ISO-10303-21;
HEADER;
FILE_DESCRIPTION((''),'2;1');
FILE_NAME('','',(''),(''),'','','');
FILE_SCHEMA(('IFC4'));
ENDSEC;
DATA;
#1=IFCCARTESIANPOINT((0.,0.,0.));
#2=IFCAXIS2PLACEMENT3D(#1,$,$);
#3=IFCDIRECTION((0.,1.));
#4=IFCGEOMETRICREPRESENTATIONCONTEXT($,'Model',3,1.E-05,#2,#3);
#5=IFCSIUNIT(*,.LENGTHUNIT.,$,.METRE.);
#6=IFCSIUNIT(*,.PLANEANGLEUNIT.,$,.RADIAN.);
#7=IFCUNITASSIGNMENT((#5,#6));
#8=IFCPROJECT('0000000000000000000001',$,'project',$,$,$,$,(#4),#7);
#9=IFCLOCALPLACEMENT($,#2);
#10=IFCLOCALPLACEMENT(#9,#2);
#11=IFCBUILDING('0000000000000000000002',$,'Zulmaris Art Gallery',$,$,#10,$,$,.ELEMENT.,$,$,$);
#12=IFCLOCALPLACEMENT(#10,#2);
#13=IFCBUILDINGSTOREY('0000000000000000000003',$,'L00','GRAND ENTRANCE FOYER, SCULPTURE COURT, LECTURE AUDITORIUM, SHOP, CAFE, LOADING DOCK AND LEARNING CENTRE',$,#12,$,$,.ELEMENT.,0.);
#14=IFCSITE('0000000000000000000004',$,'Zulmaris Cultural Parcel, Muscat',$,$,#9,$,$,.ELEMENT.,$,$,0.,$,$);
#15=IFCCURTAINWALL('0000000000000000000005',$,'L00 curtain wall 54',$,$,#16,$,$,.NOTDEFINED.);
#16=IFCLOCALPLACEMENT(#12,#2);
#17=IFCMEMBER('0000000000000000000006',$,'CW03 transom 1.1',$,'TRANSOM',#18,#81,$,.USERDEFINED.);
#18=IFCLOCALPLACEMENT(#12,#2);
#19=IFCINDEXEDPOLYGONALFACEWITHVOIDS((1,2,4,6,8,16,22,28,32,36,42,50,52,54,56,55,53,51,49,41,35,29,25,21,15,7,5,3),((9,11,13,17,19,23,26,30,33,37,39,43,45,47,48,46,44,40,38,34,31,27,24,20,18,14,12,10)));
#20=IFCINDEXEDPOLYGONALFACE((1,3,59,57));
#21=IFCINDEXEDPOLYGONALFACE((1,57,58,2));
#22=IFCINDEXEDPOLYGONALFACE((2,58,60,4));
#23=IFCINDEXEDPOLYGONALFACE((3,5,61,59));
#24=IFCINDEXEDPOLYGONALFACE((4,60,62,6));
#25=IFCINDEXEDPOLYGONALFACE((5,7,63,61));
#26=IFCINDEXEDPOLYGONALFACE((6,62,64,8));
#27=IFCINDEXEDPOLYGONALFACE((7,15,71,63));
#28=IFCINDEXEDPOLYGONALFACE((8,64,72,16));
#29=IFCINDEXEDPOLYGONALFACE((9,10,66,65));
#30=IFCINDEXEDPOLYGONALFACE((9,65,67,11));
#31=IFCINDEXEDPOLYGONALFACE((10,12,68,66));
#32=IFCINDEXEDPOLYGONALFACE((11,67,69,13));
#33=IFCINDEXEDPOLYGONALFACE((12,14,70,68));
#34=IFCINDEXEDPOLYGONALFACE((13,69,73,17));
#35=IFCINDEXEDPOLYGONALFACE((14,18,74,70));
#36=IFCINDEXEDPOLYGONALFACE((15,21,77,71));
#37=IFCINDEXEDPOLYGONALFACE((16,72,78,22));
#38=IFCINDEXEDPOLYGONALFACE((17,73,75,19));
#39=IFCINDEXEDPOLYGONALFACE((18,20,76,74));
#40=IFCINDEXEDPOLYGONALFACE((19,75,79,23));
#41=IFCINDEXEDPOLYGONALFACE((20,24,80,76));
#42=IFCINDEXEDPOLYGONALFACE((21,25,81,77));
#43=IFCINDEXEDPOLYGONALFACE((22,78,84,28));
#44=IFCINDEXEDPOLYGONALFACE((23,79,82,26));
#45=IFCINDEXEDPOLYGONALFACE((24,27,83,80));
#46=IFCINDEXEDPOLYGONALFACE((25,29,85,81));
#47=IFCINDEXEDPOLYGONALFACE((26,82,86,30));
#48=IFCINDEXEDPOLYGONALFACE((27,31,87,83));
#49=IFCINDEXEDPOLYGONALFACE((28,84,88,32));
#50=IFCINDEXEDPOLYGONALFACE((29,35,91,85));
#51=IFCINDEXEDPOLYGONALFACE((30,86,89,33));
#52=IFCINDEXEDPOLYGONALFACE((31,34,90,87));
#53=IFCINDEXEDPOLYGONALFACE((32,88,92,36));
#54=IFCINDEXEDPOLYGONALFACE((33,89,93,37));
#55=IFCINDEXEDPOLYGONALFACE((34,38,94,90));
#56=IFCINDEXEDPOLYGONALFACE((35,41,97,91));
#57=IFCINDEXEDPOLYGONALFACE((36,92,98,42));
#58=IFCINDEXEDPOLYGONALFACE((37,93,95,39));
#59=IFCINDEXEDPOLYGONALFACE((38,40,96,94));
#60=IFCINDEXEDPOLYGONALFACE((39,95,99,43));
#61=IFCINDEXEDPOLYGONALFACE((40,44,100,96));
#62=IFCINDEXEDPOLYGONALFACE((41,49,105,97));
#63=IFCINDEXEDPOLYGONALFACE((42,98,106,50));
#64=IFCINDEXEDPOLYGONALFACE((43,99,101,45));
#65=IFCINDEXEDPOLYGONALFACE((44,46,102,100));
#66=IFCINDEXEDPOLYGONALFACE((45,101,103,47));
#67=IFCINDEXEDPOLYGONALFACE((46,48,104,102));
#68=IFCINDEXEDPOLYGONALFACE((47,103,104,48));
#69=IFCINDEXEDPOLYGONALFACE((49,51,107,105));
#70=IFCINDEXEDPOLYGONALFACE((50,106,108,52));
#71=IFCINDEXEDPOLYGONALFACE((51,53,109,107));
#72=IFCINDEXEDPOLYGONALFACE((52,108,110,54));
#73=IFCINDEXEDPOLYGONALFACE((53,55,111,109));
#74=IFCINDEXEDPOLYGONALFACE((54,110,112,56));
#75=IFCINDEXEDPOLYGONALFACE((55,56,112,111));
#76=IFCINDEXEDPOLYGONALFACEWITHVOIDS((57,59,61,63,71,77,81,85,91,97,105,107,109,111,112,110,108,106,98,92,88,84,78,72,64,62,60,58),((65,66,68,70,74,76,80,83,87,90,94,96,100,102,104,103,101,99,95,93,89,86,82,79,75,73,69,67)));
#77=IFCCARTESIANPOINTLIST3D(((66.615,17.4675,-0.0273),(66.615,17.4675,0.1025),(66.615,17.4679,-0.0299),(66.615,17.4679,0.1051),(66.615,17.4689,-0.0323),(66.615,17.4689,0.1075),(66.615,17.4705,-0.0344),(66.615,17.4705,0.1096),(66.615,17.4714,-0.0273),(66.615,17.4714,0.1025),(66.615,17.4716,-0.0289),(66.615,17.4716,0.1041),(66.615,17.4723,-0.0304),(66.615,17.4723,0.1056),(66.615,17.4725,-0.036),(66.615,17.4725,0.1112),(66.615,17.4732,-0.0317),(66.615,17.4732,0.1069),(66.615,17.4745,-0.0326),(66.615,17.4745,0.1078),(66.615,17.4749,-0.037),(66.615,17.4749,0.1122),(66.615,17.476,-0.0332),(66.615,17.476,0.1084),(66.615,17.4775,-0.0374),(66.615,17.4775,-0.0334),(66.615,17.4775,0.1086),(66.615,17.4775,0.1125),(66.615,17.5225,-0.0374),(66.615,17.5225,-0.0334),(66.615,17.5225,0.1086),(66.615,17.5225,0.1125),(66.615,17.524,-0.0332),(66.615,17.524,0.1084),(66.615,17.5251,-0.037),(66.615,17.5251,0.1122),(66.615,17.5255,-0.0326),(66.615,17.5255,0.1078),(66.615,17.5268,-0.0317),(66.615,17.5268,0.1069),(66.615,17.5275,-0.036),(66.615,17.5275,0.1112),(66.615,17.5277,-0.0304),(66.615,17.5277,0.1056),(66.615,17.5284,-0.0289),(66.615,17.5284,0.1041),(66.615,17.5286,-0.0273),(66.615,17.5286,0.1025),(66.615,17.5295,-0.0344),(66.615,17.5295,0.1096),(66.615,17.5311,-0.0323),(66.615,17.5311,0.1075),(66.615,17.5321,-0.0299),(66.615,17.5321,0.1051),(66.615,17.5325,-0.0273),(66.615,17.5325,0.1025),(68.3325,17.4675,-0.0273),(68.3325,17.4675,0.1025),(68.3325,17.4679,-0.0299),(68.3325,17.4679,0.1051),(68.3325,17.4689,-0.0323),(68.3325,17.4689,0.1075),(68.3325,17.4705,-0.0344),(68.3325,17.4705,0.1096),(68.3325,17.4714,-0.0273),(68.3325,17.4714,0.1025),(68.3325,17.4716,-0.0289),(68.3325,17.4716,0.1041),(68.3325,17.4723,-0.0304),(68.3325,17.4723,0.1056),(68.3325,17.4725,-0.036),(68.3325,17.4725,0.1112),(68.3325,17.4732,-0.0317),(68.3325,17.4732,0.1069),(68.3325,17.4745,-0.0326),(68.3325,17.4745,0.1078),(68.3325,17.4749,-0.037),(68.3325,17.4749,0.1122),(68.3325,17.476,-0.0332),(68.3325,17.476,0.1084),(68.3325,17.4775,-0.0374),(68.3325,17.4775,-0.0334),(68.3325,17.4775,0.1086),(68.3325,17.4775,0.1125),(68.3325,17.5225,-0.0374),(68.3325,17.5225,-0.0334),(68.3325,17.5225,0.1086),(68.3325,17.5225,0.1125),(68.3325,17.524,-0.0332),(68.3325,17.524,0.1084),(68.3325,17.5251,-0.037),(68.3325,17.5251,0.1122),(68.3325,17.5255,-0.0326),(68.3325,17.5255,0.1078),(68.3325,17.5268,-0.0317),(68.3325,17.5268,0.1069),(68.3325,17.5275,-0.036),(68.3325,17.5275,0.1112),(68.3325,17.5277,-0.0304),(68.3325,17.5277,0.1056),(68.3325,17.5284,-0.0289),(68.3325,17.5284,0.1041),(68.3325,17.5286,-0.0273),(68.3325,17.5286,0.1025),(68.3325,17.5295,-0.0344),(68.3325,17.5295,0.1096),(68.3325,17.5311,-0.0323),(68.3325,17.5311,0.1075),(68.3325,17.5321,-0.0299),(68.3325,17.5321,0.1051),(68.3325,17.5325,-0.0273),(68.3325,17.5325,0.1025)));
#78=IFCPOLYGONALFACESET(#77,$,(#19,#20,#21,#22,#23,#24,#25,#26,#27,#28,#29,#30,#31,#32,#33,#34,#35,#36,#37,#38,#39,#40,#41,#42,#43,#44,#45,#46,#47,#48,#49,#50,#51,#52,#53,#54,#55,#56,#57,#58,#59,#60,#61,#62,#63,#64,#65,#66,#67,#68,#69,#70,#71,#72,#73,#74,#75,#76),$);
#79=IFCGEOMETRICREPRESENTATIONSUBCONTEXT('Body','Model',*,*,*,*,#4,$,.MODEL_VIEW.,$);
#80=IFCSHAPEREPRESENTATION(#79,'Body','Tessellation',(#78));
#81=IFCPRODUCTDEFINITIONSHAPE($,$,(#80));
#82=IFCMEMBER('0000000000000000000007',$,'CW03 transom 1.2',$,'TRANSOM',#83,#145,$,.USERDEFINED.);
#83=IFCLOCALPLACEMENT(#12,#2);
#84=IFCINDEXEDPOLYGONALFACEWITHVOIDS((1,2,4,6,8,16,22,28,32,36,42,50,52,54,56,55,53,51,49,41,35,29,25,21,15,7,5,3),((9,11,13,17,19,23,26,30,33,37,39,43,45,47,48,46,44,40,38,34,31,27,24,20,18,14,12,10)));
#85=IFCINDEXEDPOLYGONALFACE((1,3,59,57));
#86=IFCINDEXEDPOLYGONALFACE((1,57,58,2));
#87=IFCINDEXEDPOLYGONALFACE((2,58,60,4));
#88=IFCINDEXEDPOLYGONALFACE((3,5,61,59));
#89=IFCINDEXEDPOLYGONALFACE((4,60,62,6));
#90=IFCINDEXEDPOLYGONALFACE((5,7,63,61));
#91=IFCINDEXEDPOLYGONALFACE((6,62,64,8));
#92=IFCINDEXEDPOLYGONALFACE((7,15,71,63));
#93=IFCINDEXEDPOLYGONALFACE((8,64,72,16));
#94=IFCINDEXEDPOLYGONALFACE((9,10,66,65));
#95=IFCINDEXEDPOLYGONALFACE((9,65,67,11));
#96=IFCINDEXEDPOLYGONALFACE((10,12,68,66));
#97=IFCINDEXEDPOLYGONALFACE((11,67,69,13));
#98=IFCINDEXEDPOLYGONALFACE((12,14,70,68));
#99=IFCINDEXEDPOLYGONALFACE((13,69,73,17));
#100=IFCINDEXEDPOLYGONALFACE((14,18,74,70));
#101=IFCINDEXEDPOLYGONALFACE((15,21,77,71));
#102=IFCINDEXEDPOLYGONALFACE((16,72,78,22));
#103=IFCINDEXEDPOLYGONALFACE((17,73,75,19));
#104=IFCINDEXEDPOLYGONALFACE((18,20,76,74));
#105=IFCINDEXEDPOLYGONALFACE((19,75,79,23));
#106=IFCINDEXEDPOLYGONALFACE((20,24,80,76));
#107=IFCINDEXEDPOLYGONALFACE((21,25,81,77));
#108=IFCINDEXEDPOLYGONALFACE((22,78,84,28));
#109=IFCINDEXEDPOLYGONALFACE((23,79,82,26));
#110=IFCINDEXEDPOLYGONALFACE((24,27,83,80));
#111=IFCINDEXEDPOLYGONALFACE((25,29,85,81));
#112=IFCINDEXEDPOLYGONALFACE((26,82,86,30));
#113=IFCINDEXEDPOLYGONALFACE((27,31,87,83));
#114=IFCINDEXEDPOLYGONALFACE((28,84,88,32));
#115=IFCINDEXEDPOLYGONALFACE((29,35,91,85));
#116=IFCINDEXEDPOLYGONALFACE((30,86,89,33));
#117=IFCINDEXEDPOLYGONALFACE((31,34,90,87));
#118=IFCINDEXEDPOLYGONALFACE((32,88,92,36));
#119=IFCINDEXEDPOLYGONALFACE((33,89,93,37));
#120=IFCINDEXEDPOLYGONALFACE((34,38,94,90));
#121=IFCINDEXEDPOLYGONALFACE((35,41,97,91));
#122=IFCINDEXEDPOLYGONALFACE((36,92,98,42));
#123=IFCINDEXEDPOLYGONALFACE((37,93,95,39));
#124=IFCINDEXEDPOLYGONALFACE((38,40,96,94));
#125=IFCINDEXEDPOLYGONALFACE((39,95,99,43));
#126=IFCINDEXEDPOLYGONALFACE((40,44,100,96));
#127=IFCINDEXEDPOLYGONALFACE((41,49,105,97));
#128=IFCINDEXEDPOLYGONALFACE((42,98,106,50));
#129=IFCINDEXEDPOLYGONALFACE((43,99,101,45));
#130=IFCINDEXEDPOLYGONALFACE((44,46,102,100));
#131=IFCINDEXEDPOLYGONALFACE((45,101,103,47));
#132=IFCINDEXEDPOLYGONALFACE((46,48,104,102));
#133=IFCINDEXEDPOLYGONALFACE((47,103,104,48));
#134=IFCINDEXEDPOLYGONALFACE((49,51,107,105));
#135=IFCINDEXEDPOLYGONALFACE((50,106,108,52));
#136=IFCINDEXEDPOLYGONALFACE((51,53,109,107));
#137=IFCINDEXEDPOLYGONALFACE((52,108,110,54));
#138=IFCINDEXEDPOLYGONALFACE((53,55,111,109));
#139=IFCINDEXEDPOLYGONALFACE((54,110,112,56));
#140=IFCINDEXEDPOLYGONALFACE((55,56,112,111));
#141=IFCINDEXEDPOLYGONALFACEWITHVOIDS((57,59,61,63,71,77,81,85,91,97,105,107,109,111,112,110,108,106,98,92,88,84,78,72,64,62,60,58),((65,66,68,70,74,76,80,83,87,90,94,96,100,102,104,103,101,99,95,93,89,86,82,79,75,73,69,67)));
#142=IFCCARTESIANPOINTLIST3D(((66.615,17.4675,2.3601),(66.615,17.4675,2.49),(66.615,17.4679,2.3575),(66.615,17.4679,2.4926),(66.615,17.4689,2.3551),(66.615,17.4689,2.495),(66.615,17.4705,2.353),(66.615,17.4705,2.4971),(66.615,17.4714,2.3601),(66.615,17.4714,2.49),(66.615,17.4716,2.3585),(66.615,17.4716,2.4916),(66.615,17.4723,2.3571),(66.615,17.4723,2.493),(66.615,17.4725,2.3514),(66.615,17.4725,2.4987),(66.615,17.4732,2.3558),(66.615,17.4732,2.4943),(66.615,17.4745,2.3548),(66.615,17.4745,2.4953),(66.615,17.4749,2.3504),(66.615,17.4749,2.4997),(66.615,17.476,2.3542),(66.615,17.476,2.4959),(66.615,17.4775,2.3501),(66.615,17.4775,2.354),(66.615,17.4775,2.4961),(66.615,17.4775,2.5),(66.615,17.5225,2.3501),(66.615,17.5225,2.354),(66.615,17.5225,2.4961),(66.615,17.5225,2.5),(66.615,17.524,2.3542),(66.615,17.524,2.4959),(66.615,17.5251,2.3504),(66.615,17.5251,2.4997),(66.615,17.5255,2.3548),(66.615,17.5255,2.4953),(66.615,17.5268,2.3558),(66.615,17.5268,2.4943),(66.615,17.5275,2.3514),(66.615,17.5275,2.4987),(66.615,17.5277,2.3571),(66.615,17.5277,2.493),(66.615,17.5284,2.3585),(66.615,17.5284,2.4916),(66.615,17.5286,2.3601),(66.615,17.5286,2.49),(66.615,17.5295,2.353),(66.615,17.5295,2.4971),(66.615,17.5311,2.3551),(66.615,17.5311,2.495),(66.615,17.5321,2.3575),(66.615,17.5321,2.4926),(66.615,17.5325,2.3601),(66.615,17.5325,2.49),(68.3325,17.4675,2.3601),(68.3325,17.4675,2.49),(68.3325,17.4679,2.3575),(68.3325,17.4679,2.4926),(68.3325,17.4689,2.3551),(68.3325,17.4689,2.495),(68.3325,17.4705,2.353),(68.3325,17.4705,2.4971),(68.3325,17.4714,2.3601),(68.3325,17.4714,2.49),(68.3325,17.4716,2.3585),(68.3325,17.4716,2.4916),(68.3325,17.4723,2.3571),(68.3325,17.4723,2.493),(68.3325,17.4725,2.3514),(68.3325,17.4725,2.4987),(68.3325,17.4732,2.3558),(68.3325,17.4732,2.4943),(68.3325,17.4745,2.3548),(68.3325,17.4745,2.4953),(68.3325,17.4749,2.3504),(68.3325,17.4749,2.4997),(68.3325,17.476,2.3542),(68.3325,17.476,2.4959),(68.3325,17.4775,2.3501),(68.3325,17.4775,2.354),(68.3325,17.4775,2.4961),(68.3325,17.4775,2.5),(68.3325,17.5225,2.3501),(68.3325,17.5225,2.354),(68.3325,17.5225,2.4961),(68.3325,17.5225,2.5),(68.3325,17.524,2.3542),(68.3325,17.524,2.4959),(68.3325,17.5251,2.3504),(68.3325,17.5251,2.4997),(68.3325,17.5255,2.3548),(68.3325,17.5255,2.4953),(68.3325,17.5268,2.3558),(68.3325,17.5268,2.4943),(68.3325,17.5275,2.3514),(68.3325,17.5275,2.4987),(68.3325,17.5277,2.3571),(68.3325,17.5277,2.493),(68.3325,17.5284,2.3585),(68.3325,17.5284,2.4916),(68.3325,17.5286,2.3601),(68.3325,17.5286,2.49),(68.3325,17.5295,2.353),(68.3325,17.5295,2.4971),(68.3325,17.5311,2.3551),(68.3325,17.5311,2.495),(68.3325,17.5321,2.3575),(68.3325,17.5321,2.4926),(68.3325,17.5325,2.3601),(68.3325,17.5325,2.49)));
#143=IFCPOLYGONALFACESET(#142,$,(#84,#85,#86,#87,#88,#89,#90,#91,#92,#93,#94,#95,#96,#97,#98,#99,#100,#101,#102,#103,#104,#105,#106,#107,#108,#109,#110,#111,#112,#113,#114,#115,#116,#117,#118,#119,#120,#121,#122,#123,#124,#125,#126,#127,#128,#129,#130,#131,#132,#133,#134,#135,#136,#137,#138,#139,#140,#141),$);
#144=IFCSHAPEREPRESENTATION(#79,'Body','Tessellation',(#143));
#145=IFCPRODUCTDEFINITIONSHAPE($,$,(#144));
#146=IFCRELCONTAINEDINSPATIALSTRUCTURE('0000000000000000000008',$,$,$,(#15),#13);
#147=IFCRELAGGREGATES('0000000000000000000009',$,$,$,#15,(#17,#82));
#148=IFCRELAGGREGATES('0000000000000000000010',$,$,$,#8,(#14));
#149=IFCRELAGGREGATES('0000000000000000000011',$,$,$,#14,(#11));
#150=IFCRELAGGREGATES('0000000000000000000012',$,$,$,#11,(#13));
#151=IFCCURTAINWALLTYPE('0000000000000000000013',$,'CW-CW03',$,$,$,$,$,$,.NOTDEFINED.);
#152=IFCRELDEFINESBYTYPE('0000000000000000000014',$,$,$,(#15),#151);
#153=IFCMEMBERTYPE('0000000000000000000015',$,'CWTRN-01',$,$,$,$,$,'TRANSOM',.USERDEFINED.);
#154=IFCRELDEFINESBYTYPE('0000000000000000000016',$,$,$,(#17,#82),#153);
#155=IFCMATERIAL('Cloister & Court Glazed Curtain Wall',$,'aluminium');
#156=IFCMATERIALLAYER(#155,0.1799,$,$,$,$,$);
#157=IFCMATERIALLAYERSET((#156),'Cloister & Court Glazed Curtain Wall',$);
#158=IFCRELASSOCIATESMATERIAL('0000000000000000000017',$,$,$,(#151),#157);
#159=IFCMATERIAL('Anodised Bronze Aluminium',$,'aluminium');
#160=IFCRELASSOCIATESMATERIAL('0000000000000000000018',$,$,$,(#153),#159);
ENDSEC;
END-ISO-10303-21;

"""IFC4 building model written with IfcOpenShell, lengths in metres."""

from ifc_helpers import new_model, si_unit, direction, frame, origin, origin_2d, place, context, subcontext, project, spatial, hollow_rectangle, extrude, material, layer, layer_set, material_profile, profile_set, type_object, element, aggregate, save


model = new_model("IFC4")

# Units and contexts
model_context = context("Model", 3, precision=1e-05, world=origin(), true_north=direction((0.0, 1.0)))
body_context = subcontext(model_context, "Body", "Model", "MODEL_VIEW")
ifc_project = project(units=[si_unit("LENGTHUNIT", "METRE"), si_unit("PLANEANGLEUNIT", "RADIAN")], contexts=[model_context])

# Site, building, storey
site_placement = place(None, origin())
site = spatial("IfcSite", under=ifc_project, at=site_placement, Name="Zulmaris Cultural Parcel, Muscat", CompositionType="ELEMENT", RefElevation=0.0)
building_placement = place(site_placement, origin())
building = spatial("IfcBuilding", under=site, at=building_placement, Name="Zulmaris Art Gallery", CompositionType="ELEMENT")
storey_placement = place(building_placement, origin())
storey = spatial("IfcBuildingStorey", under=building, at=storey_placement, Name="L00", Description="GRAND ENTRANCE FOYER, SCULPTURE COURT, LECTURE AUDITORIUM, SHOP, CAFE, LOADING DOCK AND LEARNING CENTRE", CompositionType="ELEMENT", Elevation=0.0)

# Curtain wall, members
ifc_material_1 = material(Name="Cloister & Court Glazed Curtain Wall", Category="aluminium")
ifc_layer_1 = layer(ifc_material_1, 0.1799)
ifc_layer_set_1 = layer_set([ifc_layer_1], Name="Cloister & Court Glazed Curtain Wall")
curtain_wall_type = type_object("IfcCurtainWallType", Name="CW-CW03", PredefinedType="NOTDEFINED", material=ifc_layer_set_1)
curtain_wall_placement = place(storey_placement, origin())
curtain_wall = element("IfcCurtainWall", 1, at=curtain_wall_placement, inside=storey, type_object=curtain_wall_type, Name="L00 curtain wall 54", PredefinedType="NOTDEFINED")
ifc_material_2 = material(Name="Anodised Bronze Aluminium", Category="aluminium")
ifc_material_profile_1 = material_profile(ifc_material_2, hollow_rectangle(XDim=0.0649, YDim=0.1499, WallThickness=0.0039, InnerFilletRadius=0.0061, OuterFilletRadius=0.01, at=origin_2d()), Name="ALU 65x150x4")
ifc_profile_set_1 = profile_set([ifc_material_profile_1], Name="Anodised Bronze Aluminium")
member_type_1 = type_object("IfcMemberType", Name="CWTRN-01", ElementType="TRANSOM", PredefinedType="USERDEFINED", material=ifc_profile_set_1)
member_1_placement = place(storey_placement, frame((66.615, 17.5, 0.0376), z_axis=(1.0, 0.0, 0.0), x_axis=(0.0, 1.0, 0.0)))
member_1 = element("IfcMember", 2, at=member_1_placement, type_object=member_type_1, Name="CW03 transom 1.1", ObjectType="TRANSOM", PredefinedType="USERDEFINED", context=body_context, shape_type="SweptSolid", body=[
    extrude(hollow_rectangle(XDim=0.0649, YDim=0.1499, WallThickness=0.0039, InnerFilletRadius=0.0061, OuterFilletRadius=0.01, at=origin_2d()), origin(), (0.0, 0.0, 1.0), 1.7175),
])
member_2_placement = place(storey_placement, frame((66.615, 17.5, 2.425), z_axis=(1.0, 0.0, 0.0), x_axis=(0.0, 1.0, 0.0)))
member_2 = element("IfcMember", 3, at=member_2_placement, type_object=member_type_1, Name="CW03 transom 1.2", ObjectType="TRANSOM", PredefinedType="USERDEFINED", context=body_context, shape_type="SweptSolid", body=[
    extrude(hollow_rectangle(XDim=0.0649, YDim=0.1499, WallThickness=0.0039, InnerFilletRadius=0.0061, OuterFilletRadius=0.01, at=origin_2d()), origin(), (0.0, 0.0, 1.0), 1.7175),
])
aggregate(curtain_wall, [member_1, member_2])

save(model, "model.ifc")
